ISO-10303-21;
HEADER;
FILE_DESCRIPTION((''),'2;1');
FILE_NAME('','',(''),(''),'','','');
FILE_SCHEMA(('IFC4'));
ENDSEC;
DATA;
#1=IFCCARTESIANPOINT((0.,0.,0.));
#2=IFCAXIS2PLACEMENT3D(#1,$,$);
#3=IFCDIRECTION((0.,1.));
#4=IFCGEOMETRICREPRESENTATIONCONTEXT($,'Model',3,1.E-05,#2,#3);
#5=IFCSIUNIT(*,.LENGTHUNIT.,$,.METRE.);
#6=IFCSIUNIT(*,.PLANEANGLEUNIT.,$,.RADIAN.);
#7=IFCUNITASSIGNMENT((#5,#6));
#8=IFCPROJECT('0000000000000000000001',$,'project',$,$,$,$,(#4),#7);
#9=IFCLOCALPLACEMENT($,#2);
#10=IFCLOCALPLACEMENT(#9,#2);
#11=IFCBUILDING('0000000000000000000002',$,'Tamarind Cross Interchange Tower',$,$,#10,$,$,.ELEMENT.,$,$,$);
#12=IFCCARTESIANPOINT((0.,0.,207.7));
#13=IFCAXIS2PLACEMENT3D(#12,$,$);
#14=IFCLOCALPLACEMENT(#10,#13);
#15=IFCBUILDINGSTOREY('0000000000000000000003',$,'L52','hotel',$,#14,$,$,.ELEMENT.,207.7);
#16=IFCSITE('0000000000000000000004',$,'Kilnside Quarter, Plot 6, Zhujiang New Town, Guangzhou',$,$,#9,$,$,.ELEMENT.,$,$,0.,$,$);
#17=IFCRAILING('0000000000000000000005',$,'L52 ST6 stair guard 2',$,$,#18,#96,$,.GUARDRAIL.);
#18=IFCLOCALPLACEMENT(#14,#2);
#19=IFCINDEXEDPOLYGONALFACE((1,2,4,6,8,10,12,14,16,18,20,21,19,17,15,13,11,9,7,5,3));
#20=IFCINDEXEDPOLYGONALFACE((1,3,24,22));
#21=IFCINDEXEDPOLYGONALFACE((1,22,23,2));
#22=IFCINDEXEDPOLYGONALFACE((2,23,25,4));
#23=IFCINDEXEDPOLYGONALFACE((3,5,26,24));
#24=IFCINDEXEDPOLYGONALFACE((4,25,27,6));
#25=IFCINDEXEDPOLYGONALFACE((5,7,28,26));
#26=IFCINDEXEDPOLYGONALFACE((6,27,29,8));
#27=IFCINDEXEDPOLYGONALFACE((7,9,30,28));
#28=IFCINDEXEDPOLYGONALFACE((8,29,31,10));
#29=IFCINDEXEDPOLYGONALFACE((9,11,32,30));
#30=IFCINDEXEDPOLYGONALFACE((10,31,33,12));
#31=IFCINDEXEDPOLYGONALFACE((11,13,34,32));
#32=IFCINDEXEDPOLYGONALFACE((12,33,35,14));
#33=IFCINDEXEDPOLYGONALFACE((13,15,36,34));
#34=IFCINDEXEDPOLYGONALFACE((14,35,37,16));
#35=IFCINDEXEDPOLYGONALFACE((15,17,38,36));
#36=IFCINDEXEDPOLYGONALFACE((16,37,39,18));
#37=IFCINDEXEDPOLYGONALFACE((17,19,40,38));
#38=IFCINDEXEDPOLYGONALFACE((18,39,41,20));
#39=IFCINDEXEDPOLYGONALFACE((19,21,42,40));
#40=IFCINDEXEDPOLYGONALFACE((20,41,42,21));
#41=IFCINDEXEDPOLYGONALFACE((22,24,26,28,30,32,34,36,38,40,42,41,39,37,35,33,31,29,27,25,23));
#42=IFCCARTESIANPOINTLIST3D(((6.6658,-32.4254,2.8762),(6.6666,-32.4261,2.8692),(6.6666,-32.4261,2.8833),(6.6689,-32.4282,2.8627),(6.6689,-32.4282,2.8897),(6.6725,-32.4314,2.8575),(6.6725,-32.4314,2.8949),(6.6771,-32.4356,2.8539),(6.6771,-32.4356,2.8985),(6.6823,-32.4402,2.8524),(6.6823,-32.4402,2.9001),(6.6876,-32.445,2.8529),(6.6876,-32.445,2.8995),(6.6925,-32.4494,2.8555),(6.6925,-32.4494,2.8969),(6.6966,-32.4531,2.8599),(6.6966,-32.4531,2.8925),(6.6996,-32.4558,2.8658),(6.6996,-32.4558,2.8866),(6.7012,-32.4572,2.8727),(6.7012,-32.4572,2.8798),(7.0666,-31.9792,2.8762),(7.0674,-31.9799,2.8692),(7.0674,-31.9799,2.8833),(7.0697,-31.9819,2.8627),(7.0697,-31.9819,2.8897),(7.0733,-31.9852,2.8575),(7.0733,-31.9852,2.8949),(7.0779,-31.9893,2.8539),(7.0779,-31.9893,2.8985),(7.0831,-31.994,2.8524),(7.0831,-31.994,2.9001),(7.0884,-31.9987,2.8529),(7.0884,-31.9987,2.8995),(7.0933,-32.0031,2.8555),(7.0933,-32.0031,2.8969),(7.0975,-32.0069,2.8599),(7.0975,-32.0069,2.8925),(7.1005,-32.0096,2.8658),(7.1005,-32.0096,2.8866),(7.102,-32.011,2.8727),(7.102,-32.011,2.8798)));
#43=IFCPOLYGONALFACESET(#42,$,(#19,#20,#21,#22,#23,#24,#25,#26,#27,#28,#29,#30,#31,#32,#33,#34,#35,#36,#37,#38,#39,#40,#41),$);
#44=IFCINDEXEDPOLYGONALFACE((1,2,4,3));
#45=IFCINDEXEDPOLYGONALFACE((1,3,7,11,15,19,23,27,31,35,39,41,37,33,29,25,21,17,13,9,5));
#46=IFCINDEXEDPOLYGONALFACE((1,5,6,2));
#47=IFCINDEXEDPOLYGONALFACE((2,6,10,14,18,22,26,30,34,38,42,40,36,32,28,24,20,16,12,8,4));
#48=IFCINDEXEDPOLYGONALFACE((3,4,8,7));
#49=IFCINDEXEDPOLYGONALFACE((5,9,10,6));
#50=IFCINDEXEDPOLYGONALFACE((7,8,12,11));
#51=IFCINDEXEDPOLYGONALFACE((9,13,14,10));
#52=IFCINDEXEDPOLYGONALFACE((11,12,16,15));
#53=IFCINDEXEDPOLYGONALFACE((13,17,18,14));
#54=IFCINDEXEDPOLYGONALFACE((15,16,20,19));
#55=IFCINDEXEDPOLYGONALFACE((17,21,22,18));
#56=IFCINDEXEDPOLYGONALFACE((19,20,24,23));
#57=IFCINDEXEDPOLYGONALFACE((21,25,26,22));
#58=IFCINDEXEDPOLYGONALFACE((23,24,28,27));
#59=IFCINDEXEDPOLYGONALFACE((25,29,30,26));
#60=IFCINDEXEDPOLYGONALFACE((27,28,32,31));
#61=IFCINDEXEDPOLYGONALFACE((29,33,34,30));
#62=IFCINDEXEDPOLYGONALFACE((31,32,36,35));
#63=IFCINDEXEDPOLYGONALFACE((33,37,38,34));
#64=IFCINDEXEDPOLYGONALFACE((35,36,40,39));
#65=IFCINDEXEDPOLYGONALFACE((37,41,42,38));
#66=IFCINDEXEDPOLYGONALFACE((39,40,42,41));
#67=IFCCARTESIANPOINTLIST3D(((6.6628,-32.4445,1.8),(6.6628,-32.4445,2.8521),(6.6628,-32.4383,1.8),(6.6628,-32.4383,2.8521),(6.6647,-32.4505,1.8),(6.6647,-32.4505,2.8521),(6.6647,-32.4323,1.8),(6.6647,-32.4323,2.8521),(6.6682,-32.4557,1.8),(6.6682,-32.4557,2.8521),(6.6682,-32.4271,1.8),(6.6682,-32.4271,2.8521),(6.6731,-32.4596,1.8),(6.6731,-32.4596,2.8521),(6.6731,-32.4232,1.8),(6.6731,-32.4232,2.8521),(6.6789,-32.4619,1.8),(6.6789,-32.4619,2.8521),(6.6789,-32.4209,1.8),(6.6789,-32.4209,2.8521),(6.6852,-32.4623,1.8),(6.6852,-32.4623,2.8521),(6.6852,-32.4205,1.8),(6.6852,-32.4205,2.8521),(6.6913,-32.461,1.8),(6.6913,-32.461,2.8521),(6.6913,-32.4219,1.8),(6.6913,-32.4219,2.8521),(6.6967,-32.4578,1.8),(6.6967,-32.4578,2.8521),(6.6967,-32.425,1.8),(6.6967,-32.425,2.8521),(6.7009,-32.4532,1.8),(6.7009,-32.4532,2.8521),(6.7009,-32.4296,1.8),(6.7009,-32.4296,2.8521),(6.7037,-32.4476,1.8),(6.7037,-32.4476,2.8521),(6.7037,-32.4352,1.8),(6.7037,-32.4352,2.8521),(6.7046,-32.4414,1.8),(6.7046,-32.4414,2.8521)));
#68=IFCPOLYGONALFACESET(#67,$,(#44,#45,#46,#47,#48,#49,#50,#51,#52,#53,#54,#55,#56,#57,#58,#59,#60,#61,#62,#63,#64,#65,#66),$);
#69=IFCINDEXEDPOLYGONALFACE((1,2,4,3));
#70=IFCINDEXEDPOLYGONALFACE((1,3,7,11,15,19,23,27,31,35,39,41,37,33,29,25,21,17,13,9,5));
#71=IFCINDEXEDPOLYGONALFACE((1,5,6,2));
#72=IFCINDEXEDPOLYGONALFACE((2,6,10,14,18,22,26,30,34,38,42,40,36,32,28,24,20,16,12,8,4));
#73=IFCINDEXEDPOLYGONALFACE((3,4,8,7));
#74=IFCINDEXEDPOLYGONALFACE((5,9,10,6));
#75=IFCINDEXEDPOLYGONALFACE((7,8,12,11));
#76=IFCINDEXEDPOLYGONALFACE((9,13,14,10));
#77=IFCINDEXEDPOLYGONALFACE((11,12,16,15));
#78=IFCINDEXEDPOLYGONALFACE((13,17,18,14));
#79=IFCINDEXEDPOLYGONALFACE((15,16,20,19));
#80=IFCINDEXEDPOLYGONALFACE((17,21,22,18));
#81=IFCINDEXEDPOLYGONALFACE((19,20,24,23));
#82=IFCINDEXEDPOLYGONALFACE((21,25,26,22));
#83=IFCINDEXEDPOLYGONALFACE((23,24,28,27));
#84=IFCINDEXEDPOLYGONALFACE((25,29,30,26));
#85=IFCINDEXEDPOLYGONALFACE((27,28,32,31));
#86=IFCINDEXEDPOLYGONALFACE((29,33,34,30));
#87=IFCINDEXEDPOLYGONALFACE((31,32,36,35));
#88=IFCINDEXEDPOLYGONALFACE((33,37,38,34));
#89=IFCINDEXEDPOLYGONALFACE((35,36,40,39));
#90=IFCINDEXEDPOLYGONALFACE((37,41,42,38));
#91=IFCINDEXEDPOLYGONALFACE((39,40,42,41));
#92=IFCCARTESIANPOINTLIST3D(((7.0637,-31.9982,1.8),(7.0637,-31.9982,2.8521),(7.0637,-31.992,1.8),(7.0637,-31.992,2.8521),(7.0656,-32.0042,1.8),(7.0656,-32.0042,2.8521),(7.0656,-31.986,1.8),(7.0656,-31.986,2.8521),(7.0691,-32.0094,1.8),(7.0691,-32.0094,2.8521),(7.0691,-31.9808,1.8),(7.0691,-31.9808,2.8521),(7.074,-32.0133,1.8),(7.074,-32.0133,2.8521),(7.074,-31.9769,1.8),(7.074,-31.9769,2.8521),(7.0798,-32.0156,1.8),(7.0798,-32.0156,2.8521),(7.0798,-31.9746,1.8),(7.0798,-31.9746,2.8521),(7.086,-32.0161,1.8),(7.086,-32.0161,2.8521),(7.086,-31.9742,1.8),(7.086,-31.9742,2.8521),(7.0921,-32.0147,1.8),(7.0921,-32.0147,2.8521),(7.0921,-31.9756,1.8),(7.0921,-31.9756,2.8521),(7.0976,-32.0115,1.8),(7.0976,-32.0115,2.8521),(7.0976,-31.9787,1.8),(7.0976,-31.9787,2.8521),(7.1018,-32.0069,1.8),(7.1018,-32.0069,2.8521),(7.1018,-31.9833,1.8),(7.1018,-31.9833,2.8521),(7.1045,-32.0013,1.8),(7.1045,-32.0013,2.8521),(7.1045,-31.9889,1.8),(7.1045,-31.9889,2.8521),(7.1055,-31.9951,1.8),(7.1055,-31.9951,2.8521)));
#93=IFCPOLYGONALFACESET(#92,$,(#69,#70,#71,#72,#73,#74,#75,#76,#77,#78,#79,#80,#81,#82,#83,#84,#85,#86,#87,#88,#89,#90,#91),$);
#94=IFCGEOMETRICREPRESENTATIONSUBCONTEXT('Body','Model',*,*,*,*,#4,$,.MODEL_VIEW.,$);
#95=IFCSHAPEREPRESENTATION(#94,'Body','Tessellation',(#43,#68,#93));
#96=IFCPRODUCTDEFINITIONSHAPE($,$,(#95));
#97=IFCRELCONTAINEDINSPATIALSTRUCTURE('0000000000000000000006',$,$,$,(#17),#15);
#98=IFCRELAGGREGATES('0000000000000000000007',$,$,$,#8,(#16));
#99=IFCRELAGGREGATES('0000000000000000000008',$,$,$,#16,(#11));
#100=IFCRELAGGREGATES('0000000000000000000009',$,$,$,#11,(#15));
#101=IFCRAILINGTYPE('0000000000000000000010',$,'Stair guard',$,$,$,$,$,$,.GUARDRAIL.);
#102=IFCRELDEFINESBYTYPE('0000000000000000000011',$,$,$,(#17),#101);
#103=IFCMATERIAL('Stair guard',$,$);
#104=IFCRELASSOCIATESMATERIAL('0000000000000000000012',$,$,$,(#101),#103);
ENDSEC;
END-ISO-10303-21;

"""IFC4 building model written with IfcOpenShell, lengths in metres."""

from ifc_helpers import new_model, si_unit, direction, frame, origin, origin_2d, place, context, subcontext, project, spatial, circle, extrude, material, type_object, element, save


model = new_model("IFC4")

# Units and contexts
model_context = context("Model", 3, precision=1e-05, world=origin(), true_north=direction((0.0, 1.0)))
body_context = subcontext(model_context, "Body", "Model", "MODEL_VIEW")
ifc_project = project(units=[si_unit("LENGTHUNIT", "METRE"), si_unit("PLANEANGLEUNIT", "RADIAN")], contexts=[model_context])

# Site, building, storey
site_placement = place(None, origin())
site = spatial("IfcSite", under=ifc_project, at=site_placement, Name="Kilnside Quarter, Plot 6, Zhujiang New Town, Guangzhou", CompositionType="ELEMENT", RefElevation=0.0)
building_placement = place(site_placement, origin())
building = spatial("IfcBuilding", under=site, at=building_placement, Name="Tamarind Cross Interchange Tower", CompositionType="ELEMENT")
storey_placement = place(building_placement, frame((0.0, 0.0, 207.7)))
storey = spatial("IfcBuildingStorey", under=building, at=storey_placement, Name="L52", Description="hotel", CompositionType="ELEMENT", Elevation=207.7)

# Railing
ifc_material_1 = material(Name="Stair guard")
railing_type_1 = type_object("IfcRailingType", Name="Stair guard", PredefinedType="GUARDRAIL", material=ifc_material_1)
railing_1_placement = place(storey_placement, frame((6.6836, -32.4414, 1.8)))
element("IfcRailing", 1, at=railing_1_placement, inside=storey, type_object=railing_type_1, Name="L52 ST6 stair guard 2", PredefinedType="GUARDRAIL", context=body_context, shape_type="SweptSolid", body=[
    extrude(circle(Radius=0.0239, at=origin_2d()), frame((0.0, 0.0, 1.0762), z_axis=(0.668245, 0.743941, 0.0), x_axis=(-0.743941, 0.668245, 0.0)), (0.0, 0.0, 1.0), 0.5999),
    extrude(circle(Radius=0.021, at=origin_2d()), origin(), (0.0, 0.0, 1.0), 1.052),
    extrude(circle(Radius=0.021, at=origin_2d()), frame((0.4009, 0.4463, 0.0)), (0.0, 0.0, 1.0), 1.052),
])

save(model, "model.ifc")
